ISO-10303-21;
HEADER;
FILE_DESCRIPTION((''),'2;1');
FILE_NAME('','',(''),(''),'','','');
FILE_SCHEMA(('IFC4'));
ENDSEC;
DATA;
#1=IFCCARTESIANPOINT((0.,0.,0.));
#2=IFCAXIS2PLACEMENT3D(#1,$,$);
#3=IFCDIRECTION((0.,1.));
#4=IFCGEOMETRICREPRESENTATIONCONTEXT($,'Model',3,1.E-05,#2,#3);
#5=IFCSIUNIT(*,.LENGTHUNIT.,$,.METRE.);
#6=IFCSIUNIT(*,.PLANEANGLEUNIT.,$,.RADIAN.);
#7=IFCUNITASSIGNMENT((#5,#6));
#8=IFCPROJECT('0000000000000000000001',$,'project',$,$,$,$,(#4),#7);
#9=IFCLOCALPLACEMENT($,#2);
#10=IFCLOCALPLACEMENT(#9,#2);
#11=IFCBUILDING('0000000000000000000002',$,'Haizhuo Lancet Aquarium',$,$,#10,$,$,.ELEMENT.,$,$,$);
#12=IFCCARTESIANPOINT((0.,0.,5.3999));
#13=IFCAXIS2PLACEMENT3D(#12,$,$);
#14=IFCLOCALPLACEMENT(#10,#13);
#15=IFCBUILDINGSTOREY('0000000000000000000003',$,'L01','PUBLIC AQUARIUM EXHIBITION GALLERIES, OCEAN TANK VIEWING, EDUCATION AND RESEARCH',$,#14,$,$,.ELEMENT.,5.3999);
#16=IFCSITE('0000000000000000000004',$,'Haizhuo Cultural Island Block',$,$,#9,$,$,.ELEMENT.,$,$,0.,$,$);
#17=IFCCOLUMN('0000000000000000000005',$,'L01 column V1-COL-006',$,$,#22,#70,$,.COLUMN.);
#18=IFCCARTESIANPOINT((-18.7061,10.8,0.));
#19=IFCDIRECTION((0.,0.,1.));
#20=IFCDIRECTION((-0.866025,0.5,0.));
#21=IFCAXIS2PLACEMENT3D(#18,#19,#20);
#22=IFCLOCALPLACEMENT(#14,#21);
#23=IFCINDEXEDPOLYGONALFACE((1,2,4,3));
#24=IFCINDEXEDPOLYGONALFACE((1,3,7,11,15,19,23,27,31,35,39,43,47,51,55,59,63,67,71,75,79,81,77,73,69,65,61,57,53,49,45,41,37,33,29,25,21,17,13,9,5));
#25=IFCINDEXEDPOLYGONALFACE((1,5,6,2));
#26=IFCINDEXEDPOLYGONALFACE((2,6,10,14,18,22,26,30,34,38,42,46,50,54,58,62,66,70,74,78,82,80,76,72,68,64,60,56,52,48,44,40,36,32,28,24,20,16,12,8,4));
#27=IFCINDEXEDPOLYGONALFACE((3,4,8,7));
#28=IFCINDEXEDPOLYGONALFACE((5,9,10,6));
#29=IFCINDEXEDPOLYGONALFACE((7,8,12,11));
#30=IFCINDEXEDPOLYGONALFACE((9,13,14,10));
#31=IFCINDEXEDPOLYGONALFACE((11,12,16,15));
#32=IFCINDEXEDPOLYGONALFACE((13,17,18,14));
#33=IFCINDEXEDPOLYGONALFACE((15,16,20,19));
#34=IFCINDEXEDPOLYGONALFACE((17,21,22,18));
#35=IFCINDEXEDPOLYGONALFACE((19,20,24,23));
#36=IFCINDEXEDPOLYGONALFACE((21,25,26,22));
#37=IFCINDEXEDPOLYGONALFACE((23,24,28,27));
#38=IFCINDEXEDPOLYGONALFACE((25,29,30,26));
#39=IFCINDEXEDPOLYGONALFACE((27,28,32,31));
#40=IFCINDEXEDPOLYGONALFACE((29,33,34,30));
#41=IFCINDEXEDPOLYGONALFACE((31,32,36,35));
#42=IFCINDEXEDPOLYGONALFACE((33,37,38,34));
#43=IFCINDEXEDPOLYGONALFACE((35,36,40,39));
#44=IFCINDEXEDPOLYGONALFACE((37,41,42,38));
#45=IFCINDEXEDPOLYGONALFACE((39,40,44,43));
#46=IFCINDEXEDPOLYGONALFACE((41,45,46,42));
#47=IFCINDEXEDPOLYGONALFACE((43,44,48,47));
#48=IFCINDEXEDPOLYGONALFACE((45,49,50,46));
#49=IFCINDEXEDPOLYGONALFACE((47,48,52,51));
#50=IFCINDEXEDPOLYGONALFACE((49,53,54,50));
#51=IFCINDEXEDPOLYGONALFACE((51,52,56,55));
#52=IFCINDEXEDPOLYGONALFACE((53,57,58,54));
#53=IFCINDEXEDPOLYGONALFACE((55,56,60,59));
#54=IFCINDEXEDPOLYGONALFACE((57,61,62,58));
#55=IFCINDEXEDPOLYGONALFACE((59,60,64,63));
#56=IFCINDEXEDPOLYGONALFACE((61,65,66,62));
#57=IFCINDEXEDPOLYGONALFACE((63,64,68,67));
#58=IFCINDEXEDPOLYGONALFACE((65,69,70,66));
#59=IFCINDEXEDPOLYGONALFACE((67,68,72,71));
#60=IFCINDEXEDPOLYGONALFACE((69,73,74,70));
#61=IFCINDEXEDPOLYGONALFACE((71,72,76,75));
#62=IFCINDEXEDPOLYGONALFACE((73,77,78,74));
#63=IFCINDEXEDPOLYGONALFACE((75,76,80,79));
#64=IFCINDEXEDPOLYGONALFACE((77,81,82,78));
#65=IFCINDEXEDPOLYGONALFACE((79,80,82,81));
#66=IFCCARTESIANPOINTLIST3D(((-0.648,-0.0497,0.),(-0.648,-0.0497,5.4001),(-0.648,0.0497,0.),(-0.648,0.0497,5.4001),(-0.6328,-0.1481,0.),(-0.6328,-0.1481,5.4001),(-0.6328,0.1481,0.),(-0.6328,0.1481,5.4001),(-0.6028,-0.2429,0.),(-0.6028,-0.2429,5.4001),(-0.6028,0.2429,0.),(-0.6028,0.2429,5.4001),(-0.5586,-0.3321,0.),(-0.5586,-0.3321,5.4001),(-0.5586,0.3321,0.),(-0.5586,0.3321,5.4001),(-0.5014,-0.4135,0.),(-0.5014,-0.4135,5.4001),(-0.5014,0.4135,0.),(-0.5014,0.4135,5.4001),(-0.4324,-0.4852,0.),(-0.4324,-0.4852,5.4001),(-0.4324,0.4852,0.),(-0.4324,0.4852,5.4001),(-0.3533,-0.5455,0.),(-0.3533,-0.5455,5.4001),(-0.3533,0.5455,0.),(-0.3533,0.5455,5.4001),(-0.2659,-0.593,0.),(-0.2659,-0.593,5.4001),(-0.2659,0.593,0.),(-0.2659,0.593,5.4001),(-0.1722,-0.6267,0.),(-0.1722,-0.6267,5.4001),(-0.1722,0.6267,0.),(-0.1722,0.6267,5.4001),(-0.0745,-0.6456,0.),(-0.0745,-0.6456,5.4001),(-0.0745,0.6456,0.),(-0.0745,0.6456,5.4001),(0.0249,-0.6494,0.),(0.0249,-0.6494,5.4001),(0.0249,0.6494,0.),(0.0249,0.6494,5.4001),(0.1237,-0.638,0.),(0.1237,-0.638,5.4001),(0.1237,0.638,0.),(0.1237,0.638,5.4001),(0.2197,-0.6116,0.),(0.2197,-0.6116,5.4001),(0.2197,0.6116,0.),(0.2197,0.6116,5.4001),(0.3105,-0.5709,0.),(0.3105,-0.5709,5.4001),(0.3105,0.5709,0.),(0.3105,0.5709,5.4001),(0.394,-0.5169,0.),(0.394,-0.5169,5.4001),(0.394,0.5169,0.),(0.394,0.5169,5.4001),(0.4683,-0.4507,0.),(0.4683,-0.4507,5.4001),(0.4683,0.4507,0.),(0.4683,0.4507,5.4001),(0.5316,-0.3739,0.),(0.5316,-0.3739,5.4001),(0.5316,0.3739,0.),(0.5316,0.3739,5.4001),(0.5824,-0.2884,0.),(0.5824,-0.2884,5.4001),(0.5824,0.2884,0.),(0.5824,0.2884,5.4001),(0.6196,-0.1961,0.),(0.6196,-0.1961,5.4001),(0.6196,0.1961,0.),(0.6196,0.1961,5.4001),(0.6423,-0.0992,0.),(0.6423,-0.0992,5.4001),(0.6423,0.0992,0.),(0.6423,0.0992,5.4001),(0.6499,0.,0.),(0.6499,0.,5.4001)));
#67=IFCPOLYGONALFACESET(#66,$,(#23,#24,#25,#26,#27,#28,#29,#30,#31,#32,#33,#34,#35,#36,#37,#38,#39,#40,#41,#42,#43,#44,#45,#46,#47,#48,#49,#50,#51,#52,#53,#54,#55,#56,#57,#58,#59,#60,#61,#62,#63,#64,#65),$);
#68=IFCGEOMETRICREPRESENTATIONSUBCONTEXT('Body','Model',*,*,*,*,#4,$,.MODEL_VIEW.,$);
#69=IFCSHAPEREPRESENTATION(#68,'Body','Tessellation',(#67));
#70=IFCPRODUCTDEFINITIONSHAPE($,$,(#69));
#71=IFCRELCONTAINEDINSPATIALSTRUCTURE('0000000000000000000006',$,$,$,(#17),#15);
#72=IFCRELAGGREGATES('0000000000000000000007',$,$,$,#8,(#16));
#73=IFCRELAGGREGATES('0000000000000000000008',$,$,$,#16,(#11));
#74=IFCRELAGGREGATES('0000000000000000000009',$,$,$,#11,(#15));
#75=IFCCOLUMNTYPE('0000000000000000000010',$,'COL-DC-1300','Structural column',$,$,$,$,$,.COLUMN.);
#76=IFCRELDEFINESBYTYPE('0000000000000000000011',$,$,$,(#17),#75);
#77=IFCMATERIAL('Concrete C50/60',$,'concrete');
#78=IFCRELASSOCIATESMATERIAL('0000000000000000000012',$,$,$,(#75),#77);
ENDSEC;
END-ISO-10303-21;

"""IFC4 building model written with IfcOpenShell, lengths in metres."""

from ifc_helpers import new_model, si_unit, direction, frame, origin, origin_2d, place, context, subcontext, project, spatial, circle, extrude, material, material_profile, profile_set, type_object, element, save


model = new_model("IFC4")

# Units and contexts
model_context = context("Model", 3, precision=1e-05, world=origin(), true_north=direction((0.0, 1.0)))
body_context = subcontext(model_context, "Body", "Model", "MODEL_VIEW")
ifc_project = project(units=[si_unit("LENGTHUNIT", "METRE"), si_unit("PLANEANGLEUNIT", "RADIAN")], contexts=[model_context])

# Site, building, storey
site_placement = place(None, origin())
site = spatial("IfcSite", under=ifc_project, at=site_placement, Name="Haizhuo Cultural Island Block", CompositionType="ELEMENT", RefElevation=0.0)
building_placement = place(site_placement, origin())
building = spatial("IfcBuilding", under=site, at=building_placement, Name="Haizhuo Lancet Aquarium", CompositionType="ELEMENT")
storey_placement = place(building_placement, frame((0.0, 0.0, 5.3999)))
storey = spatial("IfcBuildingStorey", under=building, at=storey_placement, Name="L01", Description="PUBLIC AQUARIUM EXHIBITION GALLERIES, OCEAN TANK VIEWING, EDUCATION AND RESEARCH", CompositionType="ELEMENT", Elevation=5.3999)

# Column
ifc_material_1 = material(Name="Concrete C50/60", Category="concrete")
ifc_material_profile_1 = material_profile(ifc_material_1, circle(Radius=0.6499, at=origin_2d()), Name="RC-DC 1300")
ifc_profile_set_1 = profile_set([ifc_material_profile_1], Name="Concrete C50/60")
column_type_1 = type_object("IfcColumnType", Name="COL-DC-1300", Description="Structural column", PredefinedType="COLUMN", material=ifc_profile_set_1)
column_placement = place(storey_placement, frame((-18.7061, 10.8, 0.0), z_axis=(0.0, 0.0, 1.0), x_axis=(-0.866025, 0.5, 0.0)))
element("IfcColumn", 1, at=column_placement, inside=storey, type_object=column_type_1, Name="L01 column V1-COL-006", PredefinedType="COLUMN", context=body_context, shape_type="SweptSolid", body=[
    extrude(circle(Radius=0.6499, at=origin_2d()), origin(), (0.0, 0.0, 1.0), 5.4001),
])

save(model, "model.ifc")
